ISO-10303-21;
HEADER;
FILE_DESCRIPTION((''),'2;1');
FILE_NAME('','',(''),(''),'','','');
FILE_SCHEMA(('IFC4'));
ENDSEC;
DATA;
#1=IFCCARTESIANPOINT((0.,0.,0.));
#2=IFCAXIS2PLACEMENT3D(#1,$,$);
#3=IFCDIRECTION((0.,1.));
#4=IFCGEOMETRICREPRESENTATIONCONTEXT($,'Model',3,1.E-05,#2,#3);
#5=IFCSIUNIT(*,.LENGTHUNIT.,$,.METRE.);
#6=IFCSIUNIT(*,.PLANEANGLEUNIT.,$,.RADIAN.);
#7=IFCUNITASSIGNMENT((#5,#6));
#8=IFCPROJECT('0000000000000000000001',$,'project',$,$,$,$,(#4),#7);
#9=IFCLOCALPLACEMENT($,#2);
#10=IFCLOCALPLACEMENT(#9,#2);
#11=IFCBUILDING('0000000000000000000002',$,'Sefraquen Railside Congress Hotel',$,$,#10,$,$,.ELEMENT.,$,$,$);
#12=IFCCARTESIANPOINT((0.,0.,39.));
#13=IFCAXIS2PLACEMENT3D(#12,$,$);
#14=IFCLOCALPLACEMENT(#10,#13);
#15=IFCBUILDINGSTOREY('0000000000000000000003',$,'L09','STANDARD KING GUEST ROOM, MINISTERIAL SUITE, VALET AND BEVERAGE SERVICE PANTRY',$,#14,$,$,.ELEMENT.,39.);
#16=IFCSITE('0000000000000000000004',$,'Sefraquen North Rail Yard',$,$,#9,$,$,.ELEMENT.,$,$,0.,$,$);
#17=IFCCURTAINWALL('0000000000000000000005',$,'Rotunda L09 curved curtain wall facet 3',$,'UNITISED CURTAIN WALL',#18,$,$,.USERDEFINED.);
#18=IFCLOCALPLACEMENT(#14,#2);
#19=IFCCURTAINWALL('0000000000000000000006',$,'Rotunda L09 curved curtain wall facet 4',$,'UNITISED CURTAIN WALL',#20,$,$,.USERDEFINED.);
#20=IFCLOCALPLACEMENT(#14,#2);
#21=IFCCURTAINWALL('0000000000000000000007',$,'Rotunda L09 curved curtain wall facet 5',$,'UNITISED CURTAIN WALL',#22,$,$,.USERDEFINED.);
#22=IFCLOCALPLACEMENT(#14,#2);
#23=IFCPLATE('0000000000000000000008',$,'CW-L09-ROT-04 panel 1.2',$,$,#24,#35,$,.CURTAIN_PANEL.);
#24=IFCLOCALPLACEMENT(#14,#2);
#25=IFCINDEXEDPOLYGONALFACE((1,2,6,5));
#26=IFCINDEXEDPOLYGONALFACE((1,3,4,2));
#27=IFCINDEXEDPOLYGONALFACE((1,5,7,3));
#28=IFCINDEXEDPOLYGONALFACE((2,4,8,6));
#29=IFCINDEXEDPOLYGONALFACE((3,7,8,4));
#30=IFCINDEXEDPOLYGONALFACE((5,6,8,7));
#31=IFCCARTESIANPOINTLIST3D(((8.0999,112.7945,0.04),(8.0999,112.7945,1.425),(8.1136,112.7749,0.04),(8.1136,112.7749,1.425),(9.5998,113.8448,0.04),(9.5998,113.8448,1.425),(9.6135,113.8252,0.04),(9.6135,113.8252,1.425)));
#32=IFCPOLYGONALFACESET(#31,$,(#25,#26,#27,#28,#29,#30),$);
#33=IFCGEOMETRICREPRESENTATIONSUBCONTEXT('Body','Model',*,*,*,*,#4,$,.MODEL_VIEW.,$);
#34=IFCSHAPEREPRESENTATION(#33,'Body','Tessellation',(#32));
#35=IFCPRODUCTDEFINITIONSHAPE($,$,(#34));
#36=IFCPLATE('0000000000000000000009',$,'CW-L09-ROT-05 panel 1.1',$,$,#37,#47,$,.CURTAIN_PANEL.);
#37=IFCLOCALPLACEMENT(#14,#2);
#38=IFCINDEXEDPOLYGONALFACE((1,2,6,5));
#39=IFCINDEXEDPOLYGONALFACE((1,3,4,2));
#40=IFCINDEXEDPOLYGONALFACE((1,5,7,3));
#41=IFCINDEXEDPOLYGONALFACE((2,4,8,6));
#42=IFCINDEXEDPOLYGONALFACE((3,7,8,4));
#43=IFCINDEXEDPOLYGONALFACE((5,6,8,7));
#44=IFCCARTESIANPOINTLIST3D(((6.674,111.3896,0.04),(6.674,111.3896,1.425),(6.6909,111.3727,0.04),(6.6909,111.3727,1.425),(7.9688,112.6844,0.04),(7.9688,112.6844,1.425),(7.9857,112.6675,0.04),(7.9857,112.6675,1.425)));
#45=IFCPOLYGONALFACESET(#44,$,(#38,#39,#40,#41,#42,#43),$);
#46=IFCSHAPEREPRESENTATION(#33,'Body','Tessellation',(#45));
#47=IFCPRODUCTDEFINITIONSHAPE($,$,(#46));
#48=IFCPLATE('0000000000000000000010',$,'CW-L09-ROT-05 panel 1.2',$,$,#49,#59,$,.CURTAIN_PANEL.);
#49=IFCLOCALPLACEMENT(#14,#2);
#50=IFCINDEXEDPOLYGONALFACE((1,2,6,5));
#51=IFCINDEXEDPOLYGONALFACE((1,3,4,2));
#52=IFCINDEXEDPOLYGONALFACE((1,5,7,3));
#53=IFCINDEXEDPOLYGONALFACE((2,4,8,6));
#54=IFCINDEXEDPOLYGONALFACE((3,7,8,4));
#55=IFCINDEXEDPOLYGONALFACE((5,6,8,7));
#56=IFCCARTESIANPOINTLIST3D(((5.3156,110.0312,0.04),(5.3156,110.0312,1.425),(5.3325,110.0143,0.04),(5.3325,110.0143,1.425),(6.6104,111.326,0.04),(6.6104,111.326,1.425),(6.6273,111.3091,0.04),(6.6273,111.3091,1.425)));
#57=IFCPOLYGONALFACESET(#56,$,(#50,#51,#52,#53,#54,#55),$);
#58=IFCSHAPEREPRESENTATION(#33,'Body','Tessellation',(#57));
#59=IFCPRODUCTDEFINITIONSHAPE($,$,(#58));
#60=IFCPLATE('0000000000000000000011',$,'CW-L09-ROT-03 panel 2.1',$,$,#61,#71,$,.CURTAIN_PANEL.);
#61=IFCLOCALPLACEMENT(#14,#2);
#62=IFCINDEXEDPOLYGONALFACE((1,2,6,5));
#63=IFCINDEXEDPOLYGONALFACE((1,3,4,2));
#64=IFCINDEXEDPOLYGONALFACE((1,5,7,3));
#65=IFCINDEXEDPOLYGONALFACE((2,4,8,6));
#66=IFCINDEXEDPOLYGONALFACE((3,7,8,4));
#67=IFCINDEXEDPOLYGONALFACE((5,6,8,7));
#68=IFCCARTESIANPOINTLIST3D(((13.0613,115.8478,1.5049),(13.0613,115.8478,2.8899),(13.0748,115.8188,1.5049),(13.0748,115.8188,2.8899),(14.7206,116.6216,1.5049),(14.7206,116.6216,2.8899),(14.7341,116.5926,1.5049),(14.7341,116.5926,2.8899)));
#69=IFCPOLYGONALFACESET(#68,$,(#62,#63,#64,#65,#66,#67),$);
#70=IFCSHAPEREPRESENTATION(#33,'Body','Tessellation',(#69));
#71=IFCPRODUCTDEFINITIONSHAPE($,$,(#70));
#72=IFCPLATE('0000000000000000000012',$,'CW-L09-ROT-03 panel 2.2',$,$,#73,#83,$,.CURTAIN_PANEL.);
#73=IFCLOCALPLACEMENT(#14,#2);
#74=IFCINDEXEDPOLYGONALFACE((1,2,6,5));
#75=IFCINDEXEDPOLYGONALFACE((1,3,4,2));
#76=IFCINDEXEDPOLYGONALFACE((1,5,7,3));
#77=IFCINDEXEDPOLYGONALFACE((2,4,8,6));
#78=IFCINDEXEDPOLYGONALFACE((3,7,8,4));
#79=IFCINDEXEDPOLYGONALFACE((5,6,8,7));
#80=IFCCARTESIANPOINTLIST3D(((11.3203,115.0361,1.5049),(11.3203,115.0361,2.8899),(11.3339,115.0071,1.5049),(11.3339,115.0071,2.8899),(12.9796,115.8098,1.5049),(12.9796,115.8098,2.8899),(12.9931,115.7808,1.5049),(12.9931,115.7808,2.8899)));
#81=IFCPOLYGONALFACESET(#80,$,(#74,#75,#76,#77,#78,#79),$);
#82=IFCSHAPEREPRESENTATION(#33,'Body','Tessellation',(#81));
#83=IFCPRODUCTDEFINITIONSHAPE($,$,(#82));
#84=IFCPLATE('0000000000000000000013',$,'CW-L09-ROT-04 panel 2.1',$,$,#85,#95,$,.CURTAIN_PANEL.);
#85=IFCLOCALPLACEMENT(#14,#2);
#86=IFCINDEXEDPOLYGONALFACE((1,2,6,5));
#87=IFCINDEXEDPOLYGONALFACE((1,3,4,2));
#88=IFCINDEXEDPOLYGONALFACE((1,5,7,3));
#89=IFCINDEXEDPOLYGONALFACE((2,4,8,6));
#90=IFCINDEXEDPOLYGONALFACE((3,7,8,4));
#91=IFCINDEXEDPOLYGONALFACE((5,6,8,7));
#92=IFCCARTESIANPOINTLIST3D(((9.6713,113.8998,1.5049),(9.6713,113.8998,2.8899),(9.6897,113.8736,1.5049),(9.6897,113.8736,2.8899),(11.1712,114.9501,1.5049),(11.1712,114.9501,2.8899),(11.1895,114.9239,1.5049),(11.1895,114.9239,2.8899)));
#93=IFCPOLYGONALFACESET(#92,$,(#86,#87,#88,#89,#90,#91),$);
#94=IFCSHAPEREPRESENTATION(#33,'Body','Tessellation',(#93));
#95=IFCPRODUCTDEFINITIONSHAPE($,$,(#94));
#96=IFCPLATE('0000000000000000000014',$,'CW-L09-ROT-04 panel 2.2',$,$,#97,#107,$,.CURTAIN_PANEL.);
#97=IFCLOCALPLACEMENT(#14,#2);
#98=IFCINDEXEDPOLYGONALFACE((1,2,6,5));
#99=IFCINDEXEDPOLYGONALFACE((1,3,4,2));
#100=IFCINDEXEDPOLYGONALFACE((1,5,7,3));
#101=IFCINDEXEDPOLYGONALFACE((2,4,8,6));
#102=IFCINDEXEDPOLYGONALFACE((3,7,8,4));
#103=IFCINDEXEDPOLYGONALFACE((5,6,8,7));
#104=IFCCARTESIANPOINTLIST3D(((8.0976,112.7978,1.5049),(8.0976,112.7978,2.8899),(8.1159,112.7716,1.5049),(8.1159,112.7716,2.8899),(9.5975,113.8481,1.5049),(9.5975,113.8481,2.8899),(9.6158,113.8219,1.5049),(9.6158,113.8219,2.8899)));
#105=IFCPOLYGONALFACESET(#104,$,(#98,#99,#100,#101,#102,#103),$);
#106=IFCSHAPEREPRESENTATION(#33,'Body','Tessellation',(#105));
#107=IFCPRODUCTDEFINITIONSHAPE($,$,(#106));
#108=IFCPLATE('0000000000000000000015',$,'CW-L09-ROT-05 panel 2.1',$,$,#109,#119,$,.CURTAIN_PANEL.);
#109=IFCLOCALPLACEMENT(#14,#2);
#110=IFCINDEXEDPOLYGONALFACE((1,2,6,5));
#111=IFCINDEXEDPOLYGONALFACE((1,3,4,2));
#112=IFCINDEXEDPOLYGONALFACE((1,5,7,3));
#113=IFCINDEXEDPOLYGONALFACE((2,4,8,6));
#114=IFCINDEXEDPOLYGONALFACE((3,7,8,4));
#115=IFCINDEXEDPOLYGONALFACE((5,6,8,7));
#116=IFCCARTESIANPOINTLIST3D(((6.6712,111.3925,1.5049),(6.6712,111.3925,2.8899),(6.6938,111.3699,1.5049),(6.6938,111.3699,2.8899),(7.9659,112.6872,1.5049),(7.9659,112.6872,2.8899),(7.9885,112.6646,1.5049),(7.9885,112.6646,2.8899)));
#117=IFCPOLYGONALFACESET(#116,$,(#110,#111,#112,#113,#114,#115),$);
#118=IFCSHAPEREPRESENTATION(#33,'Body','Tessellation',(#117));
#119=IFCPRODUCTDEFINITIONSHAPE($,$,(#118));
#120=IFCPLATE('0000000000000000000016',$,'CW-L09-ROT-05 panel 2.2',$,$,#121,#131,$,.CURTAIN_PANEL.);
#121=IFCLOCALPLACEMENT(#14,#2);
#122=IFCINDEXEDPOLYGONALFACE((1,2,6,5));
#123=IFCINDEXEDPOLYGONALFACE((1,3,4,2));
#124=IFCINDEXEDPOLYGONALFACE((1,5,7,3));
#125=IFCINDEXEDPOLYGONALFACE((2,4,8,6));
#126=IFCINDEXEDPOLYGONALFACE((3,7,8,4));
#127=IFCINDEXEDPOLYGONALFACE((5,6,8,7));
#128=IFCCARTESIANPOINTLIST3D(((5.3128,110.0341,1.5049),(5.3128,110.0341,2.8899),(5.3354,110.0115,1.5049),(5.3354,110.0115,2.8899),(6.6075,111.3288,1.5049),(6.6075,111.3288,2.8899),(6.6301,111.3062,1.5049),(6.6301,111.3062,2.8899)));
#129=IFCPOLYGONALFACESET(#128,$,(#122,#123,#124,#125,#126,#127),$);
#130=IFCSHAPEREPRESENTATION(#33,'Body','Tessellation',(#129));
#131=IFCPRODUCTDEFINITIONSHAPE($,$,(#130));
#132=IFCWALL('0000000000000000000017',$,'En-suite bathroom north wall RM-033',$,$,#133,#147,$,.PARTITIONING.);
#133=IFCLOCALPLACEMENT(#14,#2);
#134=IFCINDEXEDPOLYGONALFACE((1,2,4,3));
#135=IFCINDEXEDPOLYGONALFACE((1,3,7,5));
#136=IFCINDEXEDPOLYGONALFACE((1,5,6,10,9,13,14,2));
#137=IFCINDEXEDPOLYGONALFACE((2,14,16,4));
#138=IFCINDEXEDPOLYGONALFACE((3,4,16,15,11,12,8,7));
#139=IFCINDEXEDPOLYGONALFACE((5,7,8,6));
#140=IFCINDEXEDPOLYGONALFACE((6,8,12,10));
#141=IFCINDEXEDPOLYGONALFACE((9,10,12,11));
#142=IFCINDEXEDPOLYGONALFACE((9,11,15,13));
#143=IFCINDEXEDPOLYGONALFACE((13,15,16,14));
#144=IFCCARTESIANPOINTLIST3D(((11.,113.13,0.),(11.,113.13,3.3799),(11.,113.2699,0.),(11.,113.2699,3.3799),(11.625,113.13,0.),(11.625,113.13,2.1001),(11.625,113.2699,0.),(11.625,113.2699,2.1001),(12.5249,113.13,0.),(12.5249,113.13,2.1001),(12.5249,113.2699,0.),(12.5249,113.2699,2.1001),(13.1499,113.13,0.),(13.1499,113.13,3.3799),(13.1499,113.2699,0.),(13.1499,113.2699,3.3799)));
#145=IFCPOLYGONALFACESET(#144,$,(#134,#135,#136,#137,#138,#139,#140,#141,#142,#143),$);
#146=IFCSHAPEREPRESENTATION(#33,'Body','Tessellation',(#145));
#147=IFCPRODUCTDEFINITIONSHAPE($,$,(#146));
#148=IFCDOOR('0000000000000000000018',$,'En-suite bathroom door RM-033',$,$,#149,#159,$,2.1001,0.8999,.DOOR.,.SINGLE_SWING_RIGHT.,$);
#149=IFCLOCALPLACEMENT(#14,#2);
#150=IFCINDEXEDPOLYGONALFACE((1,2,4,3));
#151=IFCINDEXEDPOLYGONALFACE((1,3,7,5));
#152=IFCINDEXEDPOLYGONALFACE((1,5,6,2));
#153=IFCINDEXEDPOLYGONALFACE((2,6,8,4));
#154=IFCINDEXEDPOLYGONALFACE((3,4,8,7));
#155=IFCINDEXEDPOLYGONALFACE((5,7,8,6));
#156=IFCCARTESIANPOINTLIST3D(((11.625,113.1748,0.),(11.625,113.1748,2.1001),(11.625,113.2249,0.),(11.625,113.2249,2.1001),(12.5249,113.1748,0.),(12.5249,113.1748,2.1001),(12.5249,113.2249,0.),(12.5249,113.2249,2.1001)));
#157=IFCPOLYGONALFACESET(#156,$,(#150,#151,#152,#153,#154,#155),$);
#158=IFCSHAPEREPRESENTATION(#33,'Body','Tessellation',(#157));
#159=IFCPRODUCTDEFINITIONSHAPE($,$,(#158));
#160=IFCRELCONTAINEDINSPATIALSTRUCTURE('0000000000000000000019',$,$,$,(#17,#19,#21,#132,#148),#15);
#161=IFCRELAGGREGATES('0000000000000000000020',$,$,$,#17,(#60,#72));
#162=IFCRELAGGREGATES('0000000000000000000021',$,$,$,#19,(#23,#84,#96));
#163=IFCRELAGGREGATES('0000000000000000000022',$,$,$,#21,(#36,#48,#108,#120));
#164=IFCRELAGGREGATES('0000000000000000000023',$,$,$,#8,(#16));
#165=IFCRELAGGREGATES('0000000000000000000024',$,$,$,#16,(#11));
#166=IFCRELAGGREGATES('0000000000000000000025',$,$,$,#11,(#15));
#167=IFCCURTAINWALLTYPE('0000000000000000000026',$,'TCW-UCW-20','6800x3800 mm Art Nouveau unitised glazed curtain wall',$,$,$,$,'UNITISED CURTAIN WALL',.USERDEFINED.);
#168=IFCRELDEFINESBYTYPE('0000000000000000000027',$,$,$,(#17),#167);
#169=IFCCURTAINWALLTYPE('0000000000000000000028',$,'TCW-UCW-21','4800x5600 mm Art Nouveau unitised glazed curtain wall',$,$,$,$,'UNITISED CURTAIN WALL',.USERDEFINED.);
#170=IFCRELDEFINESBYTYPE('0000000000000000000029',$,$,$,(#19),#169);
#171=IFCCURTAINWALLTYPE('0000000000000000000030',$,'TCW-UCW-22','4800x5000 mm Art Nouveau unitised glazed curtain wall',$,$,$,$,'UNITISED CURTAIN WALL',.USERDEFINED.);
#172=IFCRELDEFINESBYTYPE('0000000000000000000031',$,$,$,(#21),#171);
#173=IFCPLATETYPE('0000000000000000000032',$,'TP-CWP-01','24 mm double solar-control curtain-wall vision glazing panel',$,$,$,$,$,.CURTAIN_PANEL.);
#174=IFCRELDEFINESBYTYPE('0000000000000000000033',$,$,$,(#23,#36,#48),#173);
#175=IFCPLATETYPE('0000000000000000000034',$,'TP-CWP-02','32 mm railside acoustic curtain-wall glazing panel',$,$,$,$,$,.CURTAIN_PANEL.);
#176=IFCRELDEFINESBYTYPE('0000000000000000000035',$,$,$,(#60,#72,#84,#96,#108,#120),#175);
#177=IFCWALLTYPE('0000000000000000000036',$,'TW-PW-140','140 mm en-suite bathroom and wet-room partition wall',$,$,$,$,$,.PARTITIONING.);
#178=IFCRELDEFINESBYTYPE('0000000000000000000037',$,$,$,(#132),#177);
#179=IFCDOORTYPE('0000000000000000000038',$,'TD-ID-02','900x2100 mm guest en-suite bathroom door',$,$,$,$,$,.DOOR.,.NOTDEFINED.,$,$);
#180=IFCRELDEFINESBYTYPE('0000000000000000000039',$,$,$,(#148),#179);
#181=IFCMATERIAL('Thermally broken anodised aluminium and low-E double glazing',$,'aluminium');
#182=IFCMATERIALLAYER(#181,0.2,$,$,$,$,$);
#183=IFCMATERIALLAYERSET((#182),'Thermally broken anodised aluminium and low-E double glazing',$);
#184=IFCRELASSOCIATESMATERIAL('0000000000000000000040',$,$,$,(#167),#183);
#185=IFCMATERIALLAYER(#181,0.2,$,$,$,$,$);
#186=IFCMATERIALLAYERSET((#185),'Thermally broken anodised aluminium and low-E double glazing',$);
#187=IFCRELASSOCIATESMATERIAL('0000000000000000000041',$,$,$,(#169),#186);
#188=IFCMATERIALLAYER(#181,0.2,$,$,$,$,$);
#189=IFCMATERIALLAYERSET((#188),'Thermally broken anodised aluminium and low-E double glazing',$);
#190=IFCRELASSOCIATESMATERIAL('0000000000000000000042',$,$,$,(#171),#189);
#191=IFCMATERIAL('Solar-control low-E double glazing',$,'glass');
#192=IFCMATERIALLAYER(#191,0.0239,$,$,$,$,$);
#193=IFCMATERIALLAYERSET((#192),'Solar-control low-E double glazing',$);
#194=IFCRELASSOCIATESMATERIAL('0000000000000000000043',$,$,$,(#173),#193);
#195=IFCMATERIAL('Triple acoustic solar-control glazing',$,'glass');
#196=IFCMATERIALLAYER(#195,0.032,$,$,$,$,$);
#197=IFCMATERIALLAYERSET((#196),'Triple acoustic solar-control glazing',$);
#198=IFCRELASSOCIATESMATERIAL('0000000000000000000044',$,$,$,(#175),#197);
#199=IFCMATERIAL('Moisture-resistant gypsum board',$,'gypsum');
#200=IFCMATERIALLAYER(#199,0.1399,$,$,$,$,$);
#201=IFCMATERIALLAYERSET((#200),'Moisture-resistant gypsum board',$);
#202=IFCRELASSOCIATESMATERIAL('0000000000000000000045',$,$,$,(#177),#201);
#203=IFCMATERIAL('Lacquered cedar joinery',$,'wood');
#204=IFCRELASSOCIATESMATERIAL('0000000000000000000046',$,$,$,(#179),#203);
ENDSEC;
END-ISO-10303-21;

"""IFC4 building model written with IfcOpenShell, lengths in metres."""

from ifc_helpers import new_model, si_unit, direction, frame, frame_2d, origin, origin_2d, place, context, subcontext, project, spatial, rectangle, extrude, material, layer, layer_set, type_object, element, fill, aggregate, save


model = new_model("IFC4")

# Units and contexts
model_context = context("Model", 3, precision=1e-05, world=origin(), true_north=direction((0.0, 1.0)))
body_context = subcontext(model_context, "Body", "Model", "MODEL_VIEW")
ifc_project = project(units=[si_unit("LENGTHUNIT", "METRE"), si_unit("PLANEANGLEUNIT", "RADIAN")], contexts=[model_context])

# Site, building, storey
site_placement = place(None, origin())
site = spatial("IfcSite", under=ifc_project, at=site_placement, Name="Sefraquen North Rail Yard", CompositionType="ELEMENT", RefElevation=0.0)
building_placement = place(site_placement, origin())
building = spatial("IfcBuilding", under=site, at=building_placement, Name="Sefraquen Railside Congress Hotel", CompositionType="ELEMENT")
storey_placement = place(building_placement, frame((0.0, 0.0, 39.0)))
storey = spatial("IfcBuildingStorey", under=building, at=storey_placement, Name="L09", Description="STANDARD KING GUEST ROOM, MINISTERIAL SUITE, VALET AND BEVERAGE SERVICE PANTRY", CompositionType="ELEMENT", Elevation=39.0)

# Curtain walls
ifc_material_1 = material(Name="Thermally broken anodised aluminium and low-E double glazing", Category="aluminium")
ifc_layer_1 = layer(ifc_material_1, 0.2)
ifc_layer_set_1 = layer_set([ifc_layer_1], Name="Thermally broken anodised aluminium and low-E double glazing")
curtain_wall_type_1 = type_object("IfcCurtainWallType", Name="TCW-UCW-20", Description="6800x3800 mm Art Nouveau unitised glazed curtain wall", ElementType="UNITISED CURTAIN WALL", PredefinedType="USERDEFINED", material=ifc_layer_set_1)
curtain_wall_1_placement = place(storey_placement, origin())
curtain_wall_1 = element("IfcCurtainWall", 1, at=curtain_wall_1_placement, inside=storey, type_object=curtain_wall_type_1, Name="Rotunda L09 curved curtain wall facet 3", ObjectType="UNITISED CURTAIN WALL", PredefinedType="USERDEFINED")
ifc_layer_2 = layer(ifc_material_1, 0.2)
ifc_layer_set_2 = layer_set([ifc_layer_2], Name="Thermally broken anodised aluminium and low-E double glazing")
curtain_wall_type_2 = type_object("IfcCurtainWallType", Name="TCW-UCW-21", Description="4800x5600 mm Art Nouveau unitised glazed curtain wall", ElementType="UNITISED CURTAIN WALL", PredefinedType="USERDEFINED", material=ifc_layer_set_2)
curtain_wall_2_placement = place(storey_placement, origin())
curtain_wall_2 = element("IfcCurtainWall", 2, at=curtain_wall_2_placement, inside=storey, type_object=curtain_wall_type_2, Name="Rotunda L09 curved curtain wall facet 4", ObjectType="UNITISED CURTAIN WALL", PredefinedType="USERDEFINED")
ifc_layer_3 = layer(ifc_material_1, 0.2)
ifc_layer_set_3 = layer_set([ifc_layer_3], Name="Thermally broken anodised aluminium and low-E double glazing")
curtain_wall_type_3 = type_object("IfcCurtainWallType", Name="TCW-UCW-22", Description="4800x5000 mm Art Nouveau unitised glazed curtain wall", ElementType="UNITISED CURTAIN WALL", PredefinedType="USERDEFINED", material=ifc_layer_set_3)
curtain_wall_3_placement = place(storey_placement, origin())
curtain_wall_3 = element("IfcCurtainWall", 3, at=curtain_wall_3_placement, inside=storey, type_object=curtain_wall_type_3, Name="Rotunda L09 curved curtain wall facet 5", ObjectType="UNITISED CURTAIN WALL", PredefinedType="USERDEFINED")

# Plates
ifc_material_2 = material(Name="Solar-control low-E double glazing", Category="glass")
ifc_layer_4 = layer(ifc_material_2, 0.0239)
ifc_layer_set_4 = layer_set([ifc_layer_4], Name="Solar-control low-E double glazing")
plate_type_1 = type_object("IfcPlateType", Name="TP-CWP-01", Description="24 mm double solar-control curtain-wall vision glazing panel", PredefinedType="CURTAIN_PANEL", material=ifc_layer_set_4)
plate_1_placement = place(storey_placement, frame((8.8567, 113.3098, 0.04), z_axis=(0.0, 0.0, 1.0), x_axis=(-0.819132, -0.573605, 0.0)))
plate_1 = element("IfcPlate", 4, at=plate_1_placement, type_object=plate_type_1, Name="CW-L09-ROT-04 panel 1.2", PredefinedType="CURTAIN_PANEL", context=body_context, shape_type="SweptSolid", body=[
    extrude(rectangle(XDim=1.8311, YDim=0.0239, at=origin_2d()), origin(), (0.0, 0.0, 1.0), 1.385),
])
plate_2_placement = place(storey_placement, frame((7.3298, 112.0286, 0.04), z_axis=(0.0, 0.0, 1.0), x_axis=(-0.707107, -0.707107, 0.0)))
plate_2 = element("IfcPlate", 5, at=plate_2_placement, type_object=plate_type_1, Name="CW-L09-ROT-05 panel 1.1", PredefinedType="CURTAIN_PANEL", context=body_context, shape_type="SweptSolid", body=[
    extrude(rectangle(XDim=1.8311, YDim=0.0239, at=origin_2d()), origin(), (0.0, 0.0, 1.0), 1.385),
])
plate_3_placement = place(storey_placement, frame((5.9714, 110.6702, 0.04), z_axis=(0.0, 0.0, 1.0), x_axis=(-0.707107, -0.707107, 0.0)))
plate_3 = element("IfcPlate", 6, at=plate_3_placement, type_object=plate_type_1, Name="CW-L09-ROT-05 panel 1.2", PredefinedType="CURTAIN_PANEL", context=body_context, shape_type="SweptSolid", body=[
    extrude(rectangle(XDim=1.8311, YDim=0.0239, at=origin_2d()), origin(), (0.0, 0.0, 1.0), 1.385),
])
ifc_material_3 = material(Name="Triple acoustic solar-control glazing", Category="glass")
ifc_layer_5 = layer(ifc_material_3, 0.032)
ifc_layer_set_5 = layer_set([ifc_layer_5], Name="Triple acoustic solar-control glazing")
plate_type_2 = type_object("IfcPlateType", Name="TP-CWP-02", Description="32 mm railside acoustic curtain-wall glazing panel", PredefinedType="CURTAIN_PANEL", material=ifc_layer_set_5)
plate_4_placement = place(storey_placement, frame((13.8977, 116.2202, 1.5049), z_axis=(0.0, 0.0, 1.0), x_axis=(-0.9063, -0.422634, 0.0)))
plate_4 = element("IfcPlate", 7, at=plate_4_placement, type_object=plate_type_2, Name="CW-L09-ROT-03 panel 2.1", PredefinedType="CURTAIN_PANEL", context=body_context, shape_type="SweptSolid", body=[
    extrude(rectangle(XDim=1.8308, YDim=0.032, at=origin_2d()), origin(), (0.0, 0.0, 1.0), 1.385),
])
plate_5_placement = place(storey_placement, frame((12.1567, 115.4084, 1.5049), z_axis=(0.0, 0.0, 1.0), x_axis=(-0.9063, -0.422634, 0.0)))
plate_5 = element("IfcPlate", 8, at=plate_5_placement, type_object=plate_type_2, Name="CW-L09-ROT-03 panel 2.2", PredefinedType="CURTAIN_PANEL", context=body_context, shape_type="SweptSolid", body=[
    extrude(rectangle(XDim=1.8308, YDim=0.032, at=origin_2d()), origin(), (0.0, 0.0, 1.0), 1.385),
])
aggregate(curtain_wall_1, [plate_4, plate_5])
plate_6_placement = place(storey_placement, frame((10.4304, 114.4119, 1.5049), z_axis=(0.0, 0.0, 1.0), x_axis=(-0.819132, -0.573605, 0.0)))
plate_6 = element("IfcPlate", 9, at=plate_6_placement, type_object=plate_type_2, Name="CW-L09-ROT-04 panel 2.1", PredefinedType="CURTAIN_PANEL", context=body_context, shape_type="SweptSolid", body=[
    extrude(rectangle(XDim=1.8311, YDim=0.032, at=origin_2d()), origin(), (0.0, 0.0, 1.0), 1.385),
])
plate_7_placement = place(storey_placement, frame((8.8567, 113.3098, 1.5049), z_axis=(0.0, 0.0, 1.0), x_axis=(-0.819132, -0.573605, 0.0)))
plate_7 = element("IfcPlate", 10, at=plate_7_placement, type_object=plate_type_2, Name="CW-L09-ROT-04 panel 2.2", PredefinedType="CURTAIN_PANEL", context=body_context, shape_type="SweptSolid", body=[
    extrude(rectangle(XDim=1.8311, YDim=0.032, at=origin_2d()), origin(), (0.0, 0.0, 1.0), 1.385),
])
aggregate(curtain_wall_2, [plate_1, plate_6, plate_7])
plate_8_placement = place(storey_placement, frame((7.3298, 112.0286, 1.5049), z_axis=(0.0, 0.0, 1.0), x_axis=(-0.707107, -0.707107, 0.0)))
plate_8 = element("IfcPlate", 11, at=plate_8_placement, type_object=plate_type_2, Name="CW-L09-ROT-05 panel 2.1", PredefinedType="CURTAIN_PANEL", context=body_context, shape_type="SweptSolid", body=[
    extrude(rectangle(XDim=1.8311, YDim=0.032, at=origin_2d()), origin(), (0.0, 0.0, 1.0), 1.385),
])
plate_9_placement = place(storey_placement, frame((5.9714, 110.6702, 1.5049), z_axis=(0.0, 0.0, 1.0), x_axis=(-0.707107, -0.707107, 0.0)))
plate_9 = element("IfcPlate", 12, at=plate_9_placement, type_object=plate_type_2, Name="CW-L09-ROT-05 panel 2.2", PredefinedType="CURTAIN_PANEL", context=body_context, shape_type="SweptSolid", body=[
    extrude(rectangle(XDim=1.8311, YDim=0.032, at=origin_2d()), origin(), (0.0, 0.0, 1.0), 1.385),
])
aggregate(curtain_wall_3, [plate_2, plate_3, plate_8, plate_9])

# Wall, opening, door
ifc_material_4 = material(Name="Moisture-resistant gypsum board", Category="gypsum")
ifc_layer_6 = layer(ifc_material_4, 0.1399)
ifc_layer_set_6 = layer_set([ifc_layer_6], Name="Moisture-resistant gypsum board")
wall_type = type_object("IfcWallType", Name="TW-PW-140", Description="140 mm en-suite bathroom and wet-room partition wall", PredefinedType="PARTITIONING", material=ifc_layer_set_6)
wall_placement = place(storey_placement, frame((11.0, 113.2, 0.0), z_axis=(0.0, 0.0, 1.0), x_axis=(1.0, 0.0, 0.0)))
wall = element("IfcWall", 13, at=wall_placement, inside=storey, type_object=wall_type, Name="En-suite bathroom north wall RM-033", PredefinedType="PARTITIONING", context=body_context, shape_type="SweptSolid", body=[
    extrude(rectangle(XDim=2.1499, YDim=0.1399, at=frame_2d((1.075, 0.0))), origin(), (0.0, 0.0, 1.0), 3.3799),
])
opening_placement = place(wall_placement, frame((0.625, 0.0, 0.0)))
opening = element("IfcOpeningElement", 14, at=opening_placement, cuts=wall, PredefinedType="OPENING", context=body_context, shape_type="SweptSolid", body=[
    extrude(rectangle(XDim=0.8999, YDim=2.1001, at=frame_2d((0.45, 1.05))), frame((0.0, 0.0798, 0.0), z_axis=(0.0, -1.0, 0.0), x_axis=(1.0, 0.0, 0.0)), (0.0, 0.0, 1.0), 0.1599),
])
ifc_material_5 = material(Name="Lacquered cedar joinery", Category="wood")
door_type = type_object("IfcDoorType", Name="TD-ID-02", Description="900x2100 mm guest en-suite bathroom door", OperationType="NOTDEFINED", PredefinedType="DOOR", material=ifc_material_5)
door_placement = place(opening_placement, origin())
door = element("IfcDoor", 15, at=door_placement, inside=storey, type_object=door_type, Name="En-suite bathroom door RM-033", OperationType="SINGLE_SWING_RIGHT", OverallHeight=2.1001, OverallWidth=0.8999, PredefinedType="DOOR", context=body_context, shape_type="SweptSolid", body=[
    extrude(rectangle(XDim=0.8999, YDim=2.1001, at=frame_2d((0.45, 1.05))), frame((0.0, 0.0249, 0.0), z_axis=(0.0, -1.0, 0.0), x_axis=(1.0, 0.0, 0.0)), (0.0, 0.0, 1.0), 0.05),
])
fill(opening, door)

save(model, "model.ifc")
